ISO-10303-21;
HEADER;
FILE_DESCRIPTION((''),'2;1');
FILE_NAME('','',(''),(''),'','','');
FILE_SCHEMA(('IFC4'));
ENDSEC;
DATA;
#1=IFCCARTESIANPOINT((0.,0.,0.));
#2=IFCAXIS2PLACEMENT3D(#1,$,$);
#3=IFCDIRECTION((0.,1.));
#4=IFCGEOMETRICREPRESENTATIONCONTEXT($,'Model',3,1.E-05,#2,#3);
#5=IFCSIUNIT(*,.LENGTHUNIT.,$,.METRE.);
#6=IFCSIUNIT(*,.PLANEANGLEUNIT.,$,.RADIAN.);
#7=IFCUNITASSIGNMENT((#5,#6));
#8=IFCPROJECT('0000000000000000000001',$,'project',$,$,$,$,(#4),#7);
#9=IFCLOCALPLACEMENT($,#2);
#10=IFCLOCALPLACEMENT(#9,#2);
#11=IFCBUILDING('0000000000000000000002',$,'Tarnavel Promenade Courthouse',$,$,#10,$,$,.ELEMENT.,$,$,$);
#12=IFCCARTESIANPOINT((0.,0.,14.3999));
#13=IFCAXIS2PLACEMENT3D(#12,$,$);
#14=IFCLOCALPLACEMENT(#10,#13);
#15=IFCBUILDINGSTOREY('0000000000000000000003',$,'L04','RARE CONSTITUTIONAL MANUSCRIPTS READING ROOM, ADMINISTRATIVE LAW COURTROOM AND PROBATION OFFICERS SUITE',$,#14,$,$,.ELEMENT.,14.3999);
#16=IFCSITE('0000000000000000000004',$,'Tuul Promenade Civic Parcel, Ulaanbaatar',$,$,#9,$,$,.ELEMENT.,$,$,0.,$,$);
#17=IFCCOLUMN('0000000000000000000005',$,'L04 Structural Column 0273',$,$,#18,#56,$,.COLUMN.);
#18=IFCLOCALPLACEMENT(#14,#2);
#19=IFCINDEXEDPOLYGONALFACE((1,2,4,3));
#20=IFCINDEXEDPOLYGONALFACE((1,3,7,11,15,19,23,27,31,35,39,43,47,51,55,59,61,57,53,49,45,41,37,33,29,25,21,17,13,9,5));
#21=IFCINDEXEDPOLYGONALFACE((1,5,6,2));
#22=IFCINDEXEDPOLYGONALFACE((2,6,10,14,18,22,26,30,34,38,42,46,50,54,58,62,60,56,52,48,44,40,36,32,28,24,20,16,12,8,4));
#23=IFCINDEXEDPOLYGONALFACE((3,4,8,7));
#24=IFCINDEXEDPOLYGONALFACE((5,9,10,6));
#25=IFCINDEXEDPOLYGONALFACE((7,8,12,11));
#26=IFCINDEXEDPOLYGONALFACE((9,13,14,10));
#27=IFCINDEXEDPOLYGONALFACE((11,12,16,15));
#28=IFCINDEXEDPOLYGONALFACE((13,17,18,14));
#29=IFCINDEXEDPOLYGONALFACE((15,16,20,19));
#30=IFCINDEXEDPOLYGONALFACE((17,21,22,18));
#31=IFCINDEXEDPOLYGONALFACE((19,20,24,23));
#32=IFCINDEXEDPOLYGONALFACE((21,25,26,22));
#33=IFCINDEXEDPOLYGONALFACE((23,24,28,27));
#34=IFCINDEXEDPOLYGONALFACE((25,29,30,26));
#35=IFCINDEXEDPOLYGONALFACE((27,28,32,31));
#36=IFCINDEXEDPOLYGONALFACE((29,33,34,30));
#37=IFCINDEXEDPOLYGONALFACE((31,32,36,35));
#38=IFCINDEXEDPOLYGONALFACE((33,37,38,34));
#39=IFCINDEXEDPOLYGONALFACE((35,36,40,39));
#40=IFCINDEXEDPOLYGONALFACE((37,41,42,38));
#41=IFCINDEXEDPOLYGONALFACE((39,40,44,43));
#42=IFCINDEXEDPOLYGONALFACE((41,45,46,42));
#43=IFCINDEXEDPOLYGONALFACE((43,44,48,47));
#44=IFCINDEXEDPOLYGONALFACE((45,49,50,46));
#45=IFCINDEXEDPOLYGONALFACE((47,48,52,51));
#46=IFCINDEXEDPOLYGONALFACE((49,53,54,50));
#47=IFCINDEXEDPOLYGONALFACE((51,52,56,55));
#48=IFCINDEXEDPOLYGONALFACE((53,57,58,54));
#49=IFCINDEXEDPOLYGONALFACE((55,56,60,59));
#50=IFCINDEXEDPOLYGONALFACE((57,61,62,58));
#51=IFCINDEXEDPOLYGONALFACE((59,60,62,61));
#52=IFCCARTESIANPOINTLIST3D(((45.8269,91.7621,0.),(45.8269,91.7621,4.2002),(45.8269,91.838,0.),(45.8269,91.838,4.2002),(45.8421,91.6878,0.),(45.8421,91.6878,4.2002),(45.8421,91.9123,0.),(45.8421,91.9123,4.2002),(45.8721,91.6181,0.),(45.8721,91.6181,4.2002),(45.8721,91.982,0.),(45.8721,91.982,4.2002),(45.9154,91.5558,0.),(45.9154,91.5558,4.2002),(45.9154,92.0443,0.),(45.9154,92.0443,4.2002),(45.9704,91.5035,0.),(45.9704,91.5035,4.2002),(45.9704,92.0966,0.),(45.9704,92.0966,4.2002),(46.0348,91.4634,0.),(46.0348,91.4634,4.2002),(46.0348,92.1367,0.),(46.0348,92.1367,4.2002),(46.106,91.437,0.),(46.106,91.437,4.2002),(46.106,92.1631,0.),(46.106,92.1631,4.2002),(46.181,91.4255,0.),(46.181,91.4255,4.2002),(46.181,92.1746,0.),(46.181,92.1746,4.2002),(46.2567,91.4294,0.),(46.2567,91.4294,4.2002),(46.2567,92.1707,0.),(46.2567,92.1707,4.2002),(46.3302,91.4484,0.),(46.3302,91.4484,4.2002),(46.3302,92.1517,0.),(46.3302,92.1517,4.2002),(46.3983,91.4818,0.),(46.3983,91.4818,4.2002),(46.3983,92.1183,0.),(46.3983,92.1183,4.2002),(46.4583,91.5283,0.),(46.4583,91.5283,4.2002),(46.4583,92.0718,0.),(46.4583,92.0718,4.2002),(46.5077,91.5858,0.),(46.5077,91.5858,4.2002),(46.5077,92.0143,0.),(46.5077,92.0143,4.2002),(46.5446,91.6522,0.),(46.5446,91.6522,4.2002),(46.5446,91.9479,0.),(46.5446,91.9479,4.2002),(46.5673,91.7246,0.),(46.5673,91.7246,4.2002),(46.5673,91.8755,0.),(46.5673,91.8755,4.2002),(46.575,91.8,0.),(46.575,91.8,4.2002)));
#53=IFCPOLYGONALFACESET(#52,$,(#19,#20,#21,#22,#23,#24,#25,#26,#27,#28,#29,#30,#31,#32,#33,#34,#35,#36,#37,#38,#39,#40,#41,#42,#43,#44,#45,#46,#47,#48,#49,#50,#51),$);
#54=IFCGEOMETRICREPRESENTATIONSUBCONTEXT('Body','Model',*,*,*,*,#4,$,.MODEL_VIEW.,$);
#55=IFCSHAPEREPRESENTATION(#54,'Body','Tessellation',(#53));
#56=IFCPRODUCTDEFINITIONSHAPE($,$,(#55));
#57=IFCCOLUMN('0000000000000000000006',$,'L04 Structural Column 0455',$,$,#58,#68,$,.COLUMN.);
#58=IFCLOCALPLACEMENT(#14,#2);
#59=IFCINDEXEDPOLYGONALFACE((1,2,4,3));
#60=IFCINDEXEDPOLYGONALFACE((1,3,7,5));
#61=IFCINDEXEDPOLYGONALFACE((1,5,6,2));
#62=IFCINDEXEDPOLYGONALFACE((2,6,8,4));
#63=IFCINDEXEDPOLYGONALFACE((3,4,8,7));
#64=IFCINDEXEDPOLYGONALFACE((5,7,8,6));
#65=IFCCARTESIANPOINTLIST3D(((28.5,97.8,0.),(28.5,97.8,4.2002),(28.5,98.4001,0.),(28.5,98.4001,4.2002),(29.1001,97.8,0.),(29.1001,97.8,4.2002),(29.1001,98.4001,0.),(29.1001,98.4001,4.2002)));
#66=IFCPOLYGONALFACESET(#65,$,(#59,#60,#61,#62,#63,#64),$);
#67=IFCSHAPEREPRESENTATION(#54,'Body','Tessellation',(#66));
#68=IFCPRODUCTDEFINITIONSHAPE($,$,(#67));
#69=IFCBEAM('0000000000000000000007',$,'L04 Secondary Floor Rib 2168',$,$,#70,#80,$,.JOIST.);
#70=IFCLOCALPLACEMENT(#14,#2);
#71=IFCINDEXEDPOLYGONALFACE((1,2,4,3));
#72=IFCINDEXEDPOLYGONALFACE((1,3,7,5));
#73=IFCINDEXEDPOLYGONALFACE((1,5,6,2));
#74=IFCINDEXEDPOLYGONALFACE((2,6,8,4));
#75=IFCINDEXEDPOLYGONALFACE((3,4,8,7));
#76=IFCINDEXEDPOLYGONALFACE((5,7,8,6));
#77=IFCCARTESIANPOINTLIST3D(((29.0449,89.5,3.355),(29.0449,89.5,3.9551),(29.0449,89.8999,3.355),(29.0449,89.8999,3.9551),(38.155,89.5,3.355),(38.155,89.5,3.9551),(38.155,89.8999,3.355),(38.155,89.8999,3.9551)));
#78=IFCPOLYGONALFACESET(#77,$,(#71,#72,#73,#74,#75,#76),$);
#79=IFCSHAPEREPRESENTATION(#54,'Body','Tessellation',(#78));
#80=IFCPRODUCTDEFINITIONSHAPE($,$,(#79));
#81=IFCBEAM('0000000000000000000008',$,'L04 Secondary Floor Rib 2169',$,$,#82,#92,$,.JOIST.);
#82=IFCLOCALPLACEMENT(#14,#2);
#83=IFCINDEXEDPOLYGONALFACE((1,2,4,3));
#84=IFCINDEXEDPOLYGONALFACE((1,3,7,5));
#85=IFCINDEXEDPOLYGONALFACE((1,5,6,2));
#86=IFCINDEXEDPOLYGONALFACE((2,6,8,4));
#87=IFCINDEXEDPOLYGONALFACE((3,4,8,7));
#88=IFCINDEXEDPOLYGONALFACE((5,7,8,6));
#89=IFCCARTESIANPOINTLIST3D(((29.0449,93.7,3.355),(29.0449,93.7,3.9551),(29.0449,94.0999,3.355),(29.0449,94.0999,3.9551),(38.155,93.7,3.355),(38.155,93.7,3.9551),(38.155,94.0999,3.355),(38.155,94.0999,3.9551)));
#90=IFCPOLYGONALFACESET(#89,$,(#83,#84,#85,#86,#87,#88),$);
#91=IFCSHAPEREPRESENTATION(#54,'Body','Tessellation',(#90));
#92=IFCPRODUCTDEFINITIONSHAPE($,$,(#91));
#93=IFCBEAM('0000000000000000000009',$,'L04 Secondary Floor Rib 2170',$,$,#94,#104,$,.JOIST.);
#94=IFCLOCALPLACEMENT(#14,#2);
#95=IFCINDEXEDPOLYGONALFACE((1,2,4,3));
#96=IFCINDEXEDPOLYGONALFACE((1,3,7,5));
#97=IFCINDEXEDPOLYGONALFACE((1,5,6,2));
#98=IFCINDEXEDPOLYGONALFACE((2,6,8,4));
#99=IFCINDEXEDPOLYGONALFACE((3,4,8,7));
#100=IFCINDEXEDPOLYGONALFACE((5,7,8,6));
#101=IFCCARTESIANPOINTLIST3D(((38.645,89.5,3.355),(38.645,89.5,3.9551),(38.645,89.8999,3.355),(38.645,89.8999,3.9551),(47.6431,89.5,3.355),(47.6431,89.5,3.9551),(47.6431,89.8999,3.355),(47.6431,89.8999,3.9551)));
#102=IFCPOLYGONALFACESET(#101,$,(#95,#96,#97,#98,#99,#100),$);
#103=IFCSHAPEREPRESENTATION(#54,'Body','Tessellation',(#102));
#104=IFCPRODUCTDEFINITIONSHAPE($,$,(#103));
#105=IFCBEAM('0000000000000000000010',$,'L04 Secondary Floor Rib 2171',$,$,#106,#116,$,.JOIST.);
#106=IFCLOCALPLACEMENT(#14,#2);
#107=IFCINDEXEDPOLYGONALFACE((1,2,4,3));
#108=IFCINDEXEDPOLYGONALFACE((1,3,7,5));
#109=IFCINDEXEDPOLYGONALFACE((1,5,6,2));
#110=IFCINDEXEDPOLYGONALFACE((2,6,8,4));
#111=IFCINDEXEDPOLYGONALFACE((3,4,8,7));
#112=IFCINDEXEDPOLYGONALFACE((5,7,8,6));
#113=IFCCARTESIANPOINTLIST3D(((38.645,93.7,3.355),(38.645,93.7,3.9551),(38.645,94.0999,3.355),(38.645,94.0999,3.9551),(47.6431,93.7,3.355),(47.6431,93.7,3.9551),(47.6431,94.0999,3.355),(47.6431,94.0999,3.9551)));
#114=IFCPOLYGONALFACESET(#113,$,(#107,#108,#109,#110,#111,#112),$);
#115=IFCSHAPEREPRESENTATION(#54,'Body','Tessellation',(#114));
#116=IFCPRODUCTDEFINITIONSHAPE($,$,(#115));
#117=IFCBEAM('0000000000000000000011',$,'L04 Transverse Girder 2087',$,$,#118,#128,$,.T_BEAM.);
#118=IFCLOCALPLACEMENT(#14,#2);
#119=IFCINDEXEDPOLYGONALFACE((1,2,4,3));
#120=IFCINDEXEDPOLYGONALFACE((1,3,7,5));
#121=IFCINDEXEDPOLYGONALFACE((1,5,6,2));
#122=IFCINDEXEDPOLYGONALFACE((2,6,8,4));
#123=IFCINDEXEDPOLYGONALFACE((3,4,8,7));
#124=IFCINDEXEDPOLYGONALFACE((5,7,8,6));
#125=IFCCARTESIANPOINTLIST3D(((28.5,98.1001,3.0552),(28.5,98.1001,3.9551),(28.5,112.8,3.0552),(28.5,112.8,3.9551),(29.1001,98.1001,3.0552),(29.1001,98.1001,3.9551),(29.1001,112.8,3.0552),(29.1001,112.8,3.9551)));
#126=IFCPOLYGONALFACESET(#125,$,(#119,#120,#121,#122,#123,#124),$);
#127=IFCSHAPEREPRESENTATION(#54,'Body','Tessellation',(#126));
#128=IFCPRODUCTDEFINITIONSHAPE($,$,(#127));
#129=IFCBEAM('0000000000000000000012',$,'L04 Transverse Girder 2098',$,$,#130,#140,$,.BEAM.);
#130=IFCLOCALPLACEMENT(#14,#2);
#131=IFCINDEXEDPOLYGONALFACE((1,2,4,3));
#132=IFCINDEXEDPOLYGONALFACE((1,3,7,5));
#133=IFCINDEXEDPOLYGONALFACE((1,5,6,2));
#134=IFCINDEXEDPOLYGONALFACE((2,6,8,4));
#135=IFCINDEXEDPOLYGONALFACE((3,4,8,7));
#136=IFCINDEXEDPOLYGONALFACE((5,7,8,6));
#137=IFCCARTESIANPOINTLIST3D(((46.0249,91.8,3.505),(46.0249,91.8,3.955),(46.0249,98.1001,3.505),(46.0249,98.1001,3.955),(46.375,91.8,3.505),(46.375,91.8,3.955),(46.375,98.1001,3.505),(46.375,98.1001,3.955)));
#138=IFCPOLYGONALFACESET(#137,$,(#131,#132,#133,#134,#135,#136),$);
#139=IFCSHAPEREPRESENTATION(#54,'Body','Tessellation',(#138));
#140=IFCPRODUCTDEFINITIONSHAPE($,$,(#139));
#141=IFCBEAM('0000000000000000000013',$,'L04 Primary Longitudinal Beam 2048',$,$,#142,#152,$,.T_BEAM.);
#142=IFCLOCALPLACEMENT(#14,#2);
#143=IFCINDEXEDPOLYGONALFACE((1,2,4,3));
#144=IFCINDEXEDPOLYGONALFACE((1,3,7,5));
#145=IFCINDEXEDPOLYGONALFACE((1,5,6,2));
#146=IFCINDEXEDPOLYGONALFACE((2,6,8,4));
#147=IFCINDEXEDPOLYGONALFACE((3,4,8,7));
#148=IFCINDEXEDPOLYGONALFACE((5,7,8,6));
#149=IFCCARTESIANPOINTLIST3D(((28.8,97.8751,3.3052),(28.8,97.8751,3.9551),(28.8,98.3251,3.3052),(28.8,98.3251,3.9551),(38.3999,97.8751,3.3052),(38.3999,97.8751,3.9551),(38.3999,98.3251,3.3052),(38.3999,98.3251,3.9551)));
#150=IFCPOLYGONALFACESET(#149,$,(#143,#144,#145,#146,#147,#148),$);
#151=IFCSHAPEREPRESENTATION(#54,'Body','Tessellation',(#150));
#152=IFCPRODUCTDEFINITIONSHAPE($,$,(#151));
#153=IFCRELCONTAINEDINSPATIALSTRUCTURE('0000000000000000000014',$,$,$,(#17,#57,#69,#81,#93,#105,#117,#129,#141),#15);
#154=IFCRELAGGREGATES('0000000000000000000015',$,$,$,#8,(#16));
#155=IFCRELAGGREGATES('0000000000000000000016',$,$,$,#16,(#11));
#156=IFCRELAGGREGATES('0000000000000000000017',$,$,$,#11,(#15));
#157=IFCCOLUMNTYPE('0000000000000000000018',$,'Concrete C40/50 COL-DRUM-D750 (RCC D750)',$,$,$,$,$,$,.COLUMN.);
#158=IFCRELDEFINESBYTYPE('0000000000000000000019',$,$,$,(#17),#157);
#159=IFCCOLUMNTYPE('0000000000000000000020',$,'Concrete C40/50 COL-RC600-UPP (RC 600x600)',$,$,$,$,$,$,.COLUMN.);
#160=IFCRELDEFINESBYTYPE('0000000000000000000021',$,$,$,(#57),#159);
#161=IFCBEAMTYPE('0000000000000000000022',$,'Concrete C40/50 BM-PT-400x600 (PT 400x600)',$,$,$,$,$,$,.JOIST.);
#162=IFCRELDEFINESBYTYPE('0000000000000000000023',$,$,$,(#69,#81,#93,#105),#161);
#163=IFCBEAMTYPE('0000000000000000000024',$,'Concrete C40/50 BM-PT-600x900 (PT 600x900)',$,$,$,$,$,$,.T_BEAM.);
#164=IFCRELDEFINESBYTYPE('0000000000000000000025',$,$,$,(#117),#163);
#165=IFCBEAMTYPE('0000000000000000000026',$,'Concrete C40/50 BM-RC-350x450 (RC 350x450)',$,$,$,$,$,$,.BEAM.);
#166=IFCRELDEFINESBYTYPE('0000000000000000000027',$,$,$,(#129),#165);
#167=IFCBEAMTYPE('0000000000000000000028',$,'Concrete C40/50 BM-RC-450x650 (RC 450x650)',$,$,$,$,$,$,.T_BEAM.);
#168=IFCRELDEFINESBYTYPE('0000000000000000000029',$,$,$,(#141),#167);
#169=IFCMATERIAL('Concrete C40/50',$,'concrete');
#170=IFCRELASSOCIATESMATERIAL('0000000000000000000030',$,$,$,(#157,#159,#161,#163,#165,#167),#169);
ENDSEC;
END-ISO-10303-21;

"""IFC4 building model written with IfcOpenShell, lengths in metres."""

from ifc_helpers import new_model, si_unit, direction, frame, origin, origin_2d, place, context, subcontext, project, spatial, rectangle, circle, extrude, material, material_profile, profile_set, type_object, element, save


model = new_model("IFC4")

# Units and contexts
model_context = context("Model", 3, precision=1e-05, world=origin(), true_north=direction((0.0, 1.0)))
body_context = subcontext(model_context, "Body", "Model", "MODEL_VIEW")
ifc_project = project(units=[si_unit("LENGTHUNIT", "METRE"), si_unit("PLANEANGLEUNIT", "RADIAN")], contexts=[model_context])

# Site, building, storey
site_placement = place(None, origin())
site = spatial("IfcSite", under=ifc_project, at=site_placement, Name="Tuul Promenade Civic Parcel, Ulaanbaatar", CompositionType="ELEMENT", RefElevation=0.0)
building_placement = place(site_placement, origin())
building = spatial("IfcBuilding", under=site, at=building_placement, Name="Tarnavel Promenade Courthouse", CompositionType="ELEMENT")
storey_placement = place(building_placement, frame((0.0, 0.0, 14.3999)))
storey = spatial("IfcBuildingStorey", under=building, at=storey_placement, Name="L04", Description="RARE CONSTITUTIONAL MANUSCRIPTS READING ROOM, ADMINISTRATIVE LAW COURTROOM AND PROBATION OFFICERS SUITE", CompositionType="ELEMENT", Elevation=14.3999)

# Columns
ifc_material_1 = material(Name="Concrete C40/50", Category="concrete")
ifc_material_profile_1 = material_profile(ifc_material_1, circle(Radius=0.375, at=origin_2d()), Name="RCC D750")
ifc_profile_set_1 = profile_set([ifc_material_profile_1], Name="Concrete C40/50")
column_type_1 = type_object("IfcColumnType", Name="Concrete C40/50 COL-DRUM-D750 (RCC D750)", PredefinedType="COLUMN", material=ifc_profile_set_1)
column_1_placement = place(storey_placement, frame((46.2, 91.8, 0.0), z_axis=(0.0, 0.0, 1.0), x_axis=(1.0, 0.0, 0.0)))
element("IfcColumn", 1, at=column_1_placement, inside=storey, type_object=column_type_1, Name="L04 Structural Column 0273", PredefinedType="COLUMN", context=body_context, shape_type="SweptSolid", body=[
    extrude(circle(Radius=0.375, at=origin_2d()), origin(), (0.0, 0.0, 1.0), 4.2002),
])
ifc_material_profile_2 = material_profile(ifc_material_1, rectangle(XDim=0.6001, YDim=0.6001, at=origin_2d()), Name="RC 600x600")
ifc_profile_set_2 = profile_set([ifc_material_profile_2], Name="Concrete C40/50")
column_type_2 = type_object("IfcColumnType", Name="Concrete C40/50 COL-RC600-UPP (RC 600x600)", PredefinedType="COLUMN", material=ifc_profile_set_2)
column_2_placement = place(storey_placement, frame((28.8, 98.1001, 0.0), z_axis=(0.0, 0.0, 1.0), x_axis=(1.0, 0.0, 0.0)))
element("IfcColumn", 2, at=column_2_placement, inside=storey, type_object=column_type_2, Name="L04 Structural Column 0455", PredefinedType="COLUMN", context=body_context, shape_type="SweptSolid", body=[
    extrude(rectangle(XDim=0.6001, YDim=0.6001, at=origin_2d()), origin(), (0.0, 0.0, 1.0), 4.2002),
])

# Beams
ifc_material_profile_3 = material_profile(ifc_material_1, rectangle(XDim=0.3999, YDim=0.6001, at=origin_2d()), Name="PT 400x600")
ifc_profile_set_3 = profile_set([ifc_material_profile_3], Name="Concrete C40/50")
beam_type_1 = type_object("IfcBeamType", Name="Concrete C40/50 BM-PT-400x600 (PT 400x600)", PredefinedType="JOIST", material=ifc_profile_set_3)
for number, where, z_axis, x_axis, name in (
    (3, (29.0449, 89.7, 3.655), (1.0, 0.0, 0.0), (0.0, 1.0, 0.0), "L04 Secondary Floor Rib 2168"),
    (4, (29.0449, 93.8999, 3.655), (1.0, 0.0, 0.0), (0.0, 1.0, 0.0), "L04 Secondary Floor Rib 2169"),
):
    element("IfcBeam", number, at=place(storey_placement, frame(where, z_axis=z_axis, x_axis=x_axis)), inside=storey, type_object=beam_type_1, Name=name, PredefinedType="JOIST", context=body_context, shape_type="SweptSolid", body=[
        extrude(rectangle(XDim=0.3999, YDim=0.6001, at=origin_2d()), origin(), (0.0, 0.0, 1.0), 9.1101),
    ])
for number, where, z_axis, x_axis, name in (
    (5, (38.645, 89.7, 3.655), (1.0, 0.0, 0.0), (0.0, 1.0, 0.0), "L04 Secondary Floor Rib 2170"),
    (6, (38.645, 93.8999, 3.655), (1.0, 0.0, 0.0), (0.0, 1.0, 0.0), "L04 Secondary Floor Rib 2171"),
):
    element("IfcBeam", number, at=place(storey_placement, frame(where, z_axis=z_axis, x_axis=x_axis)), inside=storey, type_object=beam_type_1, Name=name, PredefinedType="JOIST", context=body_context, shape_type="SweptSolid", body=[
        extrude(rectangle(XDim=0.3999, YDim=0.6001, at=origin_2d()), origin(), (0.0, 0.0, 1.0), 8.998),
    ])
ifc_material_profile_4 = material_profile(ifc_material_1, rectangle(XDim=0.6001, YDim=0.8999, at=origin_2d()), Name="PT 600x900")
ifc_profile_set_4 = profile_set([ifc_material_profile_4], Name="Concrete C40/50")
beam_type_2 = type_object("IfcBeamType", Name="Concrete C40/50 BM-PT-600x900 (PT 600x900)", PredefinedType="T_BEAM", material=ifc_profile_set_4)
beam_1_placement = place(storey_placement, frame((28.8, 98.1001, 3.5051), z_axis=(0.0, 1.0, 0.0), x_axis=(-1.0, 0.0, 0.0)))
element("IfcBeam", 7, at=beam_1_placement, inside=storey, type_object=beam_type_2, Name="L04 Transverse Girder 2087", PredefinedType="T_BEAM", context=body_context, shape_type="SweptSolid", body=[
    extrude(rectangle(XDim=0.6001, YDim=0.8999, at=origin_2d()), origin(), (0.0, 0.0, 1.0), 14.7),
])
ifc_material_profile_5 = material_profile(ifc_material_1, rectangle(XDim=0.3501, YDim=0.45, at=origin_2d()), Name="RC 350x450")
ifc_profile_set_5 = profile_set([ifc_material_profile_5], Name="Concrete C40/50")
beam_type_3 = type_object("IfcBeamType", Name="Concrete C40/50 BM-RC-350x450 (RC 350x450)", PredefinedType="BEAM", material=ifc_profile_set_5)
beam_2_placement = place(storey_placement, frame((46.2, 91.8, 3.73), z_axis=(0.0, 1.0, 0.0), x_axis=(-1.0, 0.0, 0.0)))
element("IfcBeam", 8, at=beam_2_placement, inside=storey, type_object=beam_type_3, Name="L04 Transverse Girder 2098", PredefinedType="BEAM", context=body_context, shape_type="SweptSolid", body=[
    extrude(rectangle(XDim=0.3501, YDim=0.45, at=origin_2d()), origin(), (0.0, 0.0, 1.0), 6.3),
])
ifc_material_profile_6 = material_profile(ifc_material_1, rectangle(XDim=0.45, YDim=0.6499, at=origin_2d()), Name="RC 450x650")
ifc_profile_set_6 = profile_set([ifc_material_profile_6], Name="Concrete C40/50")
beam_type_4 = type_object("IfcBeamType", Name="Concrete C40/50 BM-RC-450x650 (RC 450x650)", PredefinedType="T_BEAM", material=ifc_profile_set_6)
beam_3_placement = place(storey_placement, frame((28.8, 98.1001, 3.6301), z_axis=(1.0, 0.0, 0.0), x_axis=(0.0, 1.0, 0.0)))
element("IfcBeam", 9, at=beam_3_placement, inside=storey, type_object=beam_type_4, Name="L04 Primary Longitudinal Beam 2048", PredefinedType="T_BEAM", context=body_context, shape_type="SweptSolid", body=[
    extrude(rectangle(XDim=0.45, YDim=0.6499, at=origin_2d()), origin(), (0.0, 0.0, 1.0), 9.5999),
])

save(model, "model.ifc")
